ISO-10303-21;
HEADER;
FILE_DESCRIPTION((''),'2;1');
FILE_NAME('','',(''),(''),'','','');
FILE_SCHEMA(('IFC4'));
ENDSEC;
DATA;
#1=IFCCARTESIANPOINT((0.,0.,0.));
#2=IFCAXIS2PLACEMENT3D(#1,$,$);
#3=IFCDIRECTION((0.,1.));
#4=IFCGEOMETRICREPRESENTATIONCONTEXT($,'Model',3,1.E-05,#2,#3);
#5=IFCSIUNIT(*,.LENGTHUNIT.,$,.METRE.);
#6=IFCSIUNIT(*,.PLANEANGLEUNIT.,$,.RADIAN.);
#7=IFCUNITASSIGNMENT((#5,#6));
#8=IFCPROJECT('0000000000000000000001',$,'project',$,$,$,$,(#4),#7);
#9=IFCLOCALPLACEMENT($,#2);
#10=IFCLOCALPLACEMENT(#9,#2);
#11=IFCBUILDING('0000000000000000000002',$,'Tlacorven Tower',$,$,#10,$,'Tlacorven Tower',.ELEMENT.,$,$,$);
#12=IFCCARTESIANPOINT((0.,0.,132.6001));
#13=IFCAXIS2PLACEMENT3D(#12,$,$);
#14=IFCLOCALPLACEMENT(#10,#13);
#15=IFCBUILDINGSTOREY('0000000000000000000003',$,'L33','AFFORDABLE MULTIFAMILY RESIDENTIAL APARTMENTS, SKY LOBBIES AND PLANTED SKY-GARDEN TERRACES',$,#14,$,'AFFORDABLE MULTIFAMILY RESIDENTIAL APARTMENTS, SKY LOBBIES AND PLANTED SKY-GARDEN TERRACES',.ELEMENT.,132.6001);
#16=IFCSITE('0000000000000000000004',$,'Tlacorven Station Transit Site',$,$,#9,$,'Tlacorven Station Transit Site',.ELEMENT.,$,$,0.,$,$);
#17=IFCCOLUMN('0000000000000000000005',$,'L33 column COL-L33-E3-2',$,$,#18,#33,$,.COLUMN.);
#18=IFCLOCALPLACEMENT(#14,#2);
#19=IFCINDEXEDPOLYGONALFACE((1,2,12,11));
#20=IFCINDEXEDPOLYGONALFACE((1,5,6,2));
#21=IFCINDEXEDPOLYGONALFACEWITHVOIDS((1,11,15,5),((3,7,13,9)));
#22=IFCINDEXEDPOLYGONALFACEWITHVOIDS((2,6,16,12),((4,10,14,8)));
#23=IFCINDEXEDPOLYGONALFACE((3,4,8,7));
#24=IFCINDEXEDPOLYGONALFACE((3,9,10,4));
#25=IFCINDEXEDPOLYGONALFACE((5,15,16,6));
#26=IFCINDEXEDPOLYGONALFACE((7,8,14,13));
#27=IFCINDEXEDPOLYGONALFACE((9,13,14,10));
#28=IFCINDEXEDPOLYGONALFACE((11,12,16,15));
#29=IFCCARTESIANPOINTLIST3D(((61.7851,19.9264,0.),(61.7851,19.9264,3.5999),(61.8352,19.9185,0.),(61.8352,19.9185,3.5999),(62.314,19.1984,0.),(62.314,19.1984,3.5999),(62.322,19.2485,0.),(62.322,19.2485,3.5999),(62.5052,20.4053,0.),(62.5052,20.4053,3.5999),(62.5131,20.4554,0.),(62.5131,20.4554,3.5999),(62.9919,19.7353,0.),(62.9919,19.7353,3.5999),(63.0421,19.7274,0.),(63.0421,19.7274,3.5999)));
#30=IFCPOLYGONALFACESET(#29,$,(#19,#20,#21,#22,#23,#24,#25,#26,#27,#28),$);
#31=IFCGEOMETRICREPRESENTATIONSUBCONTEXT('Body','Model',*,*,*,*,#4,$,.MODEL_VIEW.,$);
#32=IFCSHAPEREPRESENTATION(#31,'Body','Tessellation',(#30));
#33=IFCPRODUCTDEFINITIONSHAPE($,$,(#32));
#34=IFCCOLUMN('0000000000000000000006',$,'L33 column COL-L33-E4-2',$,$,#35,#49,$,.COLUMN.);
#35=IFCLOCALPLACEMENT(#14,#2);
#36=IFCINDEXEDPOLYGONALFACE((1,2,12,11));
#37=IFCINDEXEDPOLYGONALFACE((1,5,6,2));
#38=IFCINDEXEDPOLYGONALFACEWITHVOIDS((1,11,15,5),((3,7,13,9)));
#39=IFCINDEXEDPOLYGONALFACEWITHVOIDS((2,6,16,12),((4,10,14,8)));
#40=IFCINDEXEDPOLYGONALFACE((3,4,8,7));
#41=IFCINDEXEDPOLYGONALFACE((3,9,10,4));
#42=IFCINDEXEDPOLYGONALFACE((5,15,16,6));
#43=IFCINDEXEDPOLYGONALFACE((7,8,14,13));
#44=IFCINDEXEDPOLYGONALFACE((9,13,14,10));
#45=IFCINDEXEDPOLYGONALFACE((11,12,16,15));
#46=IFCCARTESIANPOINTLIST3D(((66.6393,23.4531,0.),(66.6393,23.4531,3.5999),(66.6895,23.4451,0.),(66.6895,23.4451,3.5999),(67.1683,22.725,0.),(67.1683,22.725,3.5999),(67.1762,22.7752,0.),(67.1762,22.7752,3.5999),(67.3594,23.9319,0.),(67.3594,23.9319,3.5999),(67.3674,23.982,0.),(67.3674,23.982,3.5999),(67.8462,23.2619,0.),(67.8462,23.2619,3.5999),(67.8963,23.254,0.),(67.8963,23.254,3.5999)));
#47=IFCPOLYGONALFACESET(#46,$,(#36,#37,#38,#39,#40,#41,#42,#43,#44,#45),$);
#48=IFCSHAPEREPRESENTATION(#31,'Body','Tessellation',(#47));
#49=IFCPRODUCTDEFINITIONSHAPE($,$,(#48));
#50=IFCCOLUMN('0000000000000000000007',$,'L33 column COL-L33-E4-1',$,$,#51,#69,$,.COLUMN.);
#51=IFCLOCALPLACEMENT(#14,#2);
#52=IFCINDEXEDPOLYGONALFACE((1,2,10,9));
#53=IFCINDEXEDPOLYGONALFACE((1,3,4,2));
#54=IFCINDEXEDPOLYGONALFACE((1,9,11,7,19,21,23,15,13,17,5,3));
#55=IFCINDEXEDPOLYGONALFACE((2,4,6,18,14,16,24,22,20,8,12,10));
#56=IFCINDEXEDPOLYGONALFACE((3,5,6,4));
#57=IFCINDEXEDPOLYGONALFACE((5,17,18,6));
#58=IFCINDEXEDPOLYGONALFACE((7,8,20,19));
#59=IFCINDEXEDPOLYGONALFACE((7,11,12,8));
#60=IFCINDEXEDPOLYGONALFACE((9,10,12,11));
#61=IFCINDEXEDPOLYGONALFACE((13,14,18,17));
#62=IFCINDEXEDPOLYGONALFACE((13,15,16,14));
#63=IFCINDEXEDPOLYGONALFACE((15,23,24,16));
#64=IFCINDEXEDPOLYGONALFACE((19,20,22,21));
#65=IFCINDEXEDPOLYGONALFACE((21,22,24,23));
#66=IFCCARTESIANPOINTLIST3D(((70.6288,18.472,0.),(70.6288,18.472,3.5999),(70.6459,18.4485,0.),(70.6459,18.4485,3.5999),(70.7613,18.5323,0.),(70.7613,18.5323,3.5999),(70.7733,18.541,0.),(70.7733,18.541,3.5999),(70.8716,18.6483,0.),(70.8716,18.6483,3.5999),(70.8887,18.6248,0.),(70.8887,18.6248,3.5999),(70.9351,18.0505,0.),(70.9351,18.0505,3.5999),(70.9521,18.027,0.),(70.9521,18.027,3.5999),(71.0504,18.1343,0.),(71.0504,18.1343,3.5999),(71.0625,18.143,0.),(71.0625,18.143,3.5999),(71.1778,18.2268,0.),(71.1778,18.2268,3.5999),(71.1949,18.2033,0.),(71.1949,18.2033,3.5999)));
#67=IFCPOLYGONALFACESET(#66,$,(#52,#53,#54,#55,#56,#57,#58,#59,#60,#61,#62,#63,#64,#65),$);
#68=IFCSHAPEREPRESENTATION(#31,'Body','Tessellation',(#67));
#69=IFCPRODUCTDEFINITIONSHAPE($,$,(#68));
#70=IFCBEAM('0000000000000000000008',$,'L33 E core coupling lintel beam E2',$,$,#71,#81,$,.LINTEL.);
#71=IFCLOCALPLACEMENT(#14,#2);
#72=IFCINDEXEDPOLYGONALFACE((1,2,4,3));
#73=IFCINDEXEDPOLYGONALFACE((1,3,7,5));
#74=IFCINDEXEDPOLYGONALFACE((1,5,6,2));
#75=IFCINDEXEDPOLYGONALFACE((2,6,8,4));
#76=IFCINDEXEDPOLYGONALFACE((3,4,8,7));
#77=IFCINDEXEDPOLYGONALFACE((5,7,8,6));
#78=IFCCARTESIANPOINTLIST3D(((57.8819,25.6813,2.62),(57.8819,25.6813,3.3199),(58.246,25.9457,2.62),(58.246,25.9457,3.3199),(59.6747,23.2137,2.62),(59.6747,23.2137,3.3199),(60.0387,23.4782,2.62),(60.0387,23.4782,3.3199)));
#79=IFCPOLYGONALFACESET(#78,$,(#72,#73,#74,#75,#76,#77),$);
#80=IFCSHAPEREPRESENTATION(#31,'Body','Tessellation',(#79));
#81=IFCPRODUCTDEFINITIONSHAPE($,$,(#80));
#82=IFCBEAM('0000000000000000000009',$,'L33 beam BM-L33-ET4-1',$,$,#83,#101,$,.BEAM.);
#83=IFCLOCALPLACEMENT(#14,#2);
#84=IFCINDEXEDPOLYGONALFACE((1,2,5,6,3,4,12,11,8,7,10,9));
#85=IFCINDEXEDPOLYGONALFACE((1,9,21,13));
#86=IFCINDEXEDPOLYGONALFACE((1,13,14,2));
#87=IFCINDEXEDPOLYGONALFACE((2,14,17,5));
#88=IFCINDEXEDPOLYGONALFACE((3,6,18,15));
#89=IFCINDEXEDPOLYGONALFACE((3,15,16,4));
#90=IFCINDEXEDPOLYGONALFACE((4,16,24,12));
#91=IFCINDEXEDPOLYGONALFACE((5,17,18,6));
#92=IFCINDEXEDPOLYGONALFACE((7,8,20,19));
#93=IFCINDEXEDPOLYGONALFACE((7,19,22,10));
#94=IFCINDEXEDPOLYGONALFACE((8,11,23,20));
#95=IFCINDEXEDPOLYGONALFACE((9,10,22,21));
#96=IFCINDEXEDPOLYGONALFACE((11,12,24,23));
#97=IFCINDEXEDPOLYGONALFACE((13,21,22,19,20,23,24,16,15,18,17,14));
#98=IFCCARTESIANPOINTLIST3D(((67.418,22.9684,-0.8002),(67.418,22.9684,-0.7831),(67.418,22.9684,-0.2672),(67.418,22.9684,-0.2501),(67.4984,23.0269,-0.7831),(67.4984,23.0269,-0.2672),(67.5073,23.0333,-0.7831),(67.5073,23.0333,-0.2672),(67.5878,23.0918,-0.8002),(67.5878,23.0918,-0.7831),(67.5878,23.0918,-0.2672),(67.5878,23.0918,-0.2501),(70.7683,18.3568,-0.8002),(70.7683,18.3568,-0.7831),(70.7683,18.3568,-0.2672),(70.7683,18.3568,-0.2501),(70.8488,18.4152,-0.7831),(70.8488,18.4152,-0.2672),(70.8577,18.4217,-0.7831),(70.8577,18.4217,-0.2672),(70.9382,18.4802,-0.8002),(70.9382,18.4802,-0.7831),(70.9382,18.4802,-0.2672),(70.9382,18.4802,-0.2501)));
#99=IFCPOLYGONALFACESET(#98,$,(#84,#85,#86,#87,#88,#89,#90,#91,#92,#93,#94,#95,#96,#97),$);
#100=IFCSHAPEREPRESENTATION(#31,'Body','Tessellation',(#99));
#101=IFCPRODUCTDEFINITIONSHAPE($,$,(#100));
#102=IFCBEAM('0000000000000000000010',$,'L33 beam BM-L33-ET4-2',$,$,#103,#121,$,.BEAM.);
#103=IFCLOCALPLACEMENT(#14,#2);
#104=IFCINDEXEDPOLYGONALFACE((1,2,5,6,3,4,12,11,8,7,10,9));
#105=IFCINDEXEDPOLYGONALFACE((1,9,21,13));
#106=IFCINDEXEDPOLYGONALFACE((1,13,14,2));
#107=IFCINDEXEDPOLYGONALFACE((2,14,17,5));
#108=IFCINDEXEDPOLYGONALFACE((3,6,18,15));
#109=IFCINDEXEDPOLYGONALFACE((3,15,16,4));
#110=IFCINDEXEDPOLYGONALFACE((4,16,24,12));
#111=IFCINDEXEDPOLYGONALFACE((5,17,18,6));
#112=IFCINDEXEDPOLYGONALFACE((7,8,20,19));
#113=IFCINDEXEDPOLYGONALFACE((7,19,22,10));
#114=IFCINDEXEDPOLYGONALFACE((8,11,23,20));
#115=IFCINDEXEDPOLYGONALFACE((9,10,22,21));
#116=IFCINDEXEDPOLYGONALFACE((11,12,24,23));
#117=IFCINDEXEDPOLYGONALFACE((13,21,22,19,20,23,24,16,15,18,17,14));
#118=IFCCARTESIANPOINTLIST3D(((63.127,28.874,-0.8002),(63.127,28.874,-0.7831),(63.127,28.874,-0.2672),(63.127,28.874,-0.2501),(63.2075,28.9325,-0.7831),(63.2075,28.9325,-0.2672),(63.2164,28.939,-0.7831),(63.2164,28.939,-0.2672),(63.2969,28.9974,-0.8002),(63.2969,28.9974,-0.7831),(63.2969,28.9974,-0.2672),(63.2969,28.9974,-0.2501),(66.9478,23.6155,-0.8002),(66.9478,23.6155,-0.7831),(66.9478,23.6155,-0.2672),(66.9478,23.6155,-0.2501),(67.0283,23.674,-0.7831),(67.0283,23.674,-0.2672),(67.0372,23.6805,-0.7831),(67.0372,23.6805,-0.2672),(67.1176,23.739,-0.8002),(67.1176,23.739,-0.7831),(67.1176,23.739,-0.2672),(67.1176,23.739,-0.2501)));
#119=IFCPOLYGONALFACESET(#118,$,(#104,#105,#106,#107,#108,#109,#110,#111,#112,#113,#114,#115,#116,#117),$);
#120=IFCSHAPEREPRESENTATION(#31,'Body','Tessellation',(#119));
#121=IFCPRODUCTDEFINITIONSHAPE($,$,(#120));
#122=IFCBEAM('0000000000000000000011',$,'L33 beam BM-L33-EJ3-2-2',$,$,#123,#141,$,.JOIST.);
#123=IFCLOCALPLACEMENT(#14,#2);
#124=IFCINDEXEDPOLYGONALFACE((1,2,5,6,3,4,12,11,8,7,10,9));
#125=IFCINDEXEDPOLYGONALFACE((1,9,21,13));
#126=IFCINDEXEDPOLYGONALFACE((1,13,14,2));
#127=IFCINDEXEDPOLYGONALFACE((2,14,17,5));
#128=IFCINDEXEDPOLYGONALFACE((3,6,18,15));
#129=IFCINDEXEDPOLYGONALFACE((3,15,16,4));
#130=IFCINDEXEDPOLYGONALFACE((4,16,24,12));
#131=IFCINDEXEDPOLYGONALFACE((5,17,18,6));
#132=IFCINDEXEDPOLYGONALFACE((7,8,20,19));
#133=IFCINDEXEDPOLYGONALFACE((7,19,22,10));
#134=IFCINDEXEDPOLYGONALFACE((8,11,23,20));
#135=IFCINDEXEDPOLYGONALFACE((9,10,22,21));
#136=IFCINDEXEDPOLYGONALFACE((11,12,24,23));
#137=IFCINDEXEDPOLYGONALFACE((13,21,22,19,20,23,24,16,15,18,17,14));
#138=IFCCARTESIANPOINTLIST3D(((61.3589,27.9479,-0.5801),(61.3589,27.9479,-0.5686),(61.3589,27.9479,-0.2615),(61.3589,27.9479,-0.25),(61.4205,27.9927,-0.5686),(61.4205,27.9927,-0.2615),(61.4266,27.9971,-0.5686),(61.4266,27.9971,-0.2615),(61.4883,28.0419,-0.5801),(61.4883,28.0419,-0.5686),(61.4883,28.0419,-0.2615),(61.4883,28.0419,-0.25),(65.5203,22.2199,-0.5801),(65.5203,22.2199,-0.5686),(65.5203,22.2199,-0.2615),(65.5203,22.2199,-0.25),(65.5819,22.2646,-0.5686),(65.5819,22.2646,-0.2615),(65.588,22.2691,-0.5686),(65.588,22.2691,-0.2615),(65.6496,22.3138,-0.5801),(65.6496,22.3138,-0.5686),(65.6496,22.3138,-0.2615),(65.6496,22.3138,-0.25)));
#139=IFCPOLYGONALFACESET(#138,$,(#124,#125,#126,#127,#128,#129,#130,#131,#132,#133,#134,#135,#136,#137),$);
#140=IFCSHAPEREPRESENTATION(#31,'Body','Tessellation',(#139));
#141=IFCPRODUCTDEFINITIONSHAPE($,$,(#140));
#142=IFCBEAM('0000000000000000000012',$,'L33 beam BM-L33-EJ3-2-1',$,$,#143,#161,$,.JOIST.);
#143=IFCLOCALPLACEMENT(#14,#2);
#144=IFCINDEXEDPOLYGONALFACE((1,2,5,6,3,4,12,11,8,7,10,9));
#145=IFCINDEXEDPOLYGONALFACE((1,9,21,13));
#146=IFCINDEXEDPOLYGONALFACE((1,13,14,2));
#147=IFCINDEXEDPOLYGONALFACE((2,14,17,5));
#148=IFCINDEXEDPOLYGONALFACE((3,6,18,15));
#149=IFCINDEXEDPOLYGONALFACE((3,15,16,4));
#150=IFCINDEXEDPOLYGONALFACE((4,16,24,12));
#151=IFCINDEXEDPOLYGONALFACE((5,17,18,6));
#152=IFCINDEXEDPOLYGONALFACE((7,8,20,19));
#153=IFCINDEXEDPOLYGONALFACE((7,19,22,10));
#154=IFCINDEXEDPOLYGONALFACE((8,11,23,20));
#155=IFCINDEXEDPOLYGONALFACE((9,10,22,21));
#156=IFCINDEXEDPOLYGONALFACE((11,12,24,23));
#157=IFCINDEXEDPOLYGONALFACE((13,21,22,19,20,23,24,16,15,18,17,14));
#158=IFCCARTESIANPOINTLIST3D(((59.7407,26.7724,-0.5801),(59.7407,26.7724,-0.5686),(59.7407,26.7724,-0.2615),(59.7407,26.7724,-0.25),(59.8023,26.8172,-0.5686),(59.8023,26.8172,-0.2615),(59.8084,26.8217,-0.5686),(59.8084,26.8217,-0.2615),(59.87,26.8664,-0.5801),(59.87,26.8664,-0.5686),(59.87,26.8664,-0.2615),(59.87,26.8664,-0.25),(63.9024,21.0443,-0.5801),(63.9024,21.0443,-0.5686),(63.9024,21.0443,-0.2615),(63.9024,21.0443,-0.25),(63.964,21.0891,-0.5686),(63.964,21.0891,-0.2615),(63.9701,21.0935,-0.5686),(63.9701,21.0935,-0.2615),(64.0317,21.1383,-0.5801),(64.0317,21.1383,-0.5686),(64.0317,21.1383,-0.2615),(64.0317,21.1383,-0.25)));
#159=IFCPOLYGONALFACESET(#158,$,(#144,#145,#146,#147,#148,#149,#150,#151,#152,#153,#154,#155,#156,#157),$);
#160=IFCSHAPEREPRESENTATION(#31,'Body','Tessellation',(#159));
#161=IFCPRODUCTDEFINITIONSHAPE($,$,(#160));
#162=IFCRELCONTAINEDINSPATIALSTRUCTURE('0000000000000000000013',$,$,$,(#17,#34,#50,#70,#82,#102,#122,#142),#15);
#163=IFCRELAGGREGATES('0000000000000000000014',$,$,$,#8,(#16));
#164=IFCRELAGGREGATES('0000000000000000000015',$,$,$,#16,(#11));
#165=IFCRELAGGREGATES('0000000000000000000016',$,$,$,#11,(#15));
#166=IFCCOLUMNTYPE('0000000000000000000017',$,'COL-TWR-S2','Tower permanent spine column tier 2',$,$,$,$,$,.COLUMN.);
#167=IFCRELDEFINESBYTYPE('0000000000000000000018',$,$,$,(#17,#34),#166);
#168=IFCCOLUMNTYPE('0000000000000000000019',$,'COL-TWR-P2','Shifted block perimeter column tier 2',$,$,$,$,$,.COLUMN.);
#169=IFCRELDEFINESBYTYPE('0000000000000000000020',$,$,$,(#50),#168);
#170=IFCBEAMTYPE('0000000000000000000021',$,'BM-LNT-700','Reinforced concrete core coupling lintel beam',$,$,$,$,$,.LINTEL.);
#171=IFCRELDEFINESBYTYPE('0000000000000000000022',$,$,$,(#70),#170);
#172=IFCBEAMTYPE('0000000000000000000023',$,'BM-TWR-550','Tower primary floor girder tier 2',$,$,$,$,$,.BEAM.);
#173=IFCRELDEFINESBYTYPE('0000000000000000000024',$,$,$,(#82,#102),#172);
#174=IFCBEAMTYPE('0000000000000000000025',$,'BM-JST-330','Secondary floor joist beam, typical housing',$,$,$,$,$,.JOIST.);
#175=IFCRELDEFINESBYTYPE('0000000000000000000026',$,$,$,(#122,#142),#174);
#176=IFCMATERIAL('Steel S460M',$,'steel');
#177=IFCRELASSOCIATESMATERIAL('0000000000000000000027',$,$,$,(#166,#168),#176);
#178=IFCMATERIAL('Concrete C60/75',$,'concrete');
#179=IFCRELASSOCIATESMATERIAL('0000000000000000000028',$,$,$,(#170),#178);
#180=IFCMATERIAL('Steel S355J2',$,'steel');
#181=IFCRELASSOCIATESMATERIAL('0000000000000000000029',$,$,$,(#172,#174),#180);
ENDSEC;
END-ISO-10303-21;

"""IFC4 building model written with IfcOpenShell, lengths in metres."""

from ifc_helpers import new_model, si_unit, direction, frame, origin, origin_2d, place, context, subcontext, project, spatial, rectangle, hollow_rectangle, i_section, extrude, source, transform, mapped, material, material_profile, profile_set, type_object, element, save


model = new_model("IFC4")

# Units and contexts
model_context = context("Model", 3, precision=1e-05, world=origin(), true_north=direction((0.0, 1.0)))
body_context = subcontext(model_context, "Body", "Model", "MODEL_VIEW")
ifc_project = project(units=[si_unit("LENGTHUNIT", "METRE"), si_unit("PLANEANGLEUNIT", "RADIAN")], contexts=[model_context])

# Site, building, storey
site_placement = place(None, origin())
site = spatial("IfcSite", under=ifc_project, at=site_placement, Name="Tlacorven Station Transit Site", LongName="Tlacorven Station Transit Site", CompositionType="ELEMENT", RefElevation=0.0)
building_placement = place(site_placement, origin())
building = spatial("IfcBuilding", under=site, at=building_placement, Name="Tlacorven Tower", LongName="Tlacorven Tower", CompositionType="ELEMENT")
storey_placement = place(building_placement, frame((0.0, 0.0, 132.6001)))
storey = spatial("IfcBuildingStorey", under=building, at=storey_placement, Name="L33", Description="AFFORDABLE MULTIFAMILY RESIDENTIAL APARTMENTS, SKY LOBBIES AND PLANTED SKY-GARDEN TERRACES", LongName="AFFORDABLE MULTIFAMILY RESIDENTIAL APARTMENTS, SKY LOBBIES AND PLANTED SKY-GARDEN TERRACES", CompositionType="ELEMENT", Elevation=132.6001)

# Columns
ifc_material_1 = material(Name="Steel S460M", Category="steel")
ifc_material_profile_1 = material_profile(ifc_material_1, hollow_rectangle(XDim=0.8999, YDim=0.8999, WallThickness=0.0359, at=origin_2d()), Name="BOX 900X900X36")
ifc_profile_set_1 = profile_set([ifc_material_profile_1], Name="Steel S460M")
column_type_1 = type_object("IfcColumnType", Name="COL-TWR-S2", Description="Tower permanent spine column tier 2", PredefinedType="COLUMN", material=ifc_profile_set_1)
shared_shape_1 = source(origin(), body_context, "Body", "SweptSolid", [
    extrude(hollow_rectangle(XDim=0.8999, YDim=0.8999, WallThickness=0.0359, at=origin_2d()), origin(), (0.0, 0.0, 1.0), 3.5999),
])
for number, where, z_axis, x_axis, name in (
    (1, (62.4136, 19.8269, 0.0), (0.0, 0.0, 1.0), (0.809017, 0.587785, 0.0), "L33 column COL-L33-E3-2"),
    (2, (67.2678, 23.3535, 0.0), (0.0, 0.0, 1.0), (0.809017, 0.587785, 0.0), "L33 column COL-L33-E4-2"),
):
    element("IfcColumn", number, at=place(storey_placement, frame(where, z_axis=z_axis, x_axis=x_axis)), inside=storey, type_object=column_type_1, Name=name, PredefinedType="COLUMN", context=body_context, shape_type="MappedRepresentation", body=[
        mapped(shared_shape_1, transform((0.0, 0.0, 0.0), scale=1.0)),
    ])
ifc_material_profile_2 = material_profile(ifc_material_1, i_section(OverallWidth=0.3, OverallDepth=0.55, WebThickness=0.0149, FlangeThickness=0.0291, at=origin_2d()), Name="HEB 550")
ifc_profile_set_2 = profile_set([ifc_material_profile_2], Name="Steel S460M")
column_type_2 = type_object("IfcColumnType", Name="COL-TWR-P2", Description="Shifted block perimeter column tier 2", PredefinedType="COLUMN", material=ifc_profile_set_2)
shared_shape_2 = source(origin(), body_context, "Body", "SweptSolid", [
    extrude(i_section(OverallWidth=0.3, OverallDepth=0.55, WebThickness=0.0149, FlangeThickness=0.0291, at=origin_2d()), origin(), (0.0, 0.0, 1.0), 3.5999),
])
column_placement = place(storey_placement, frame((70.9119, 18.3376, 0.0), z_axis=(0.0, 0.0, 1.0), x_axis=(0.809017, 0.587785, 0.0)))
element("IfcColumn", 3, at=column_placement, inside=storey, type_object=column_type_2, Name="L33 column COL-L33-E4-1", PredefinedType="COLUMN", context=body_context, shape_type="MappedRepresentation", body=[
    mapped(shared_shape_2, transform((0.0, 0.0, 0.0), scale=1.0)),
])

# Beams
ifc_material_2 = material(Name="Concrete C60/75", Category="concrete")
ifc_material_profile_3 = material_profile(ifc_material_2, rectangle(XDim=0.45, YDim=0.7, at=origin_2d()), Name="RC 450X700")
ifc_profile_set_3 = profile_set([ifc_material_profile_3], Name="Concrete C60/75")
beam_type_1 = type_object("IfcBeamType", Name="BM-LNT-700", Description="Reinforced concrete core coupling lintel beam", PredefinedType="LINTEL", material=ifc_profile_set_3)
shared_shape_3 = source(origin(), body_context, "Body", "SweptSolid", [
    extrude(rectangle(XDim=0.45, YDim=0.7, at=origin_2d()), origin(), (0.0, 0.0, 1.0), 3.05),
])
beam_1_placement = place(storey_placement, frame((59.8567, 23.3459, 2.97), z_axis=(-0.587777, 0.809023, 0.0), x_axis=(-0.809023, -0.587777, 0.0)))
element("IfcBeam", 4, at=beam_1_placement, inside=storey, type_object=beam_type_1, Name="L33 E core coupling lintel beam E2", PredefinedType="LINTEL", context=body_context, shape_type="MappedRepresentation", body=[
    mapped(shared_shape_3, transform((0.0, 0.0, 0.0), scale=1.0)),
])
ifc_material_3 = material(Name="Steel S355J2", Category="steel")
ifc_material_profile_4 = material_profile(ifc_material_3, i_section(OverallWidth=0.21, OverallDepth=0.55, WebThickness=0.011, FlangeThickness=0.0171, at=origin_2d()), Name="IPE 550")
ifc_profile_set_4 = profile_set([ifc_material_profile_4], Name="Steel S355J2")
beam_type_2 = type_object("IfcBeamType", Name="BM-TWR-550", Description="Tower primary floor girder tier 2", PredefinedType="BEAM", material=ifc_profile_set_4)
shared_shape_4 = source(origin(), body_context, "Body", "SweptSolid", [
    extrude(i_section(OverallWidth=0.21, OverallDepth=0.55, WebThickness=0.011, FlangeThickness=0.0171, at=origin_2d()), origin(), (0.0, 0.0, 1.0), 5.7002),
])
beam_2_placement = place(storey_placement, frame((70.8533, 18.4185, -0.5251), z_axis=(-0.587767, 0.80903, 0.0), x_axis=(-0.80903, -0.587767, 0.0)))
element("IfcBeam", 5, at=beam_2_placement, inside=storey, type_object=beam_type_2, Name="L33 beam BM-L33-ET4-1", PredefinedType="BEAM", context=body_context, shape_type="MappedRepresentation", body=[
    mapped(shared_shape_4, transform((0.0, 0.0, 0.0), scale=1.0)),
])
shared_shape_5 = source(origin(), body_context, "Body", "SweptSolid", [
    extrude(i_section(OverallWidth=0.21, OverallDepth=0.55, WebThickness=0.011, FlangeThickness=0.0171, at=origin_2d()), origin(), (0.0, 0.0, 1.0), 6.5),
])
beam_3_placement = place(storey_placement, frame((67.0327, 23.6772, -0.5251), z_axis=(-0.58781, 0.808999, 0.0), x_axis=(-0.808999, -0.58781, 0.0)))
element("IfcBeam", 6, at=beam_3_placement, inside=storey, type_object=beam_type_2, Name="L33 beam BM-L33-ET4-2", PredefinedType="BEAM", context=body_context, shape_type="MappedRepresentation", body=[
    mapped(shared_shape_5, transform((0.0, 0.0, 0.0), scale=1.0)),
])
ifc_material_profile_5 = material_profile(ifc_material_3, i_section(OverallWidth=0.1599, OverallDepth=0.3301, WebThickness=0.0076, FlangeThickness=0.0115, at=origin_2d()), Name="IPE 330")
ifc_profile_set_5 = profile_set([ifc_material_profile_5], Name="Steel S355J2")
beam_type_3 = type_object("IfcBeamType", Name="BM-JST-330", Description="Secondary floor joist beam, typical housing", PredefinedType="JOIST", material=ifc_profile_set_5)
shared_shape_6 = source(origin(), body_context, "Body", "SweptSolid", [
    extrude(i_section(OverallWidth=0.1599, OverallDepth=0.3301, WebThickness=0.0076, FlangeThickness=0.0115, at=origin_2d()), origin(), (0.0, 0.0, 1.0), 7.0801),
])
beam_4_placement = place(storey_placement, frame((65.585, 22.2668, -0.415), z_axis=(-0.58776, 0.809036, 0.0), x_axis=(-0.809036, -0.58776, 0.0)))
element("IfcBeam", 7, at=beam_4_placement, inside=storey, type_object=beam_type_3, Name="L33 beam BM-L33-EJ3-2-2", PredefinedType="JOIST", context=body_context, shape_type="MappedRepresentation", body=[
    mapped(shared_shape_6, transform((0.0, 0.0, 0.0), scale=1.0)),
])
shared_shape_7 = source(origin(), body_context, "Body", "SweptSolid", [
    extrude(i_section(OverallWidth=0.1599, OverallDepth=0.3301, WebThickness=0.0076, FlangeThickness=0.0115, at=origin_2d()), origin(), (0.0, 0.0, 1.0), 7.0803),
])
beam_5_placement = place(storey_placement, frame((63.967, 21.0913, -0.415), z_axis=(-0.587782, 0.809019, 0.0), x_axis=(-0.809019, -0.587782, 0.0)))
element("IfcBeam", 8, at=beam_5_placement, inside=storey, type_object=beam_type_3, Name="L33 beam BM-L33-EJ3-2-1", PredefinedType="JOIST", context=body_context, shape_type="MappedRepresentation", body=[
    mapped(shared_shape_7, transform((0.0, 0.0, 0.0), scale=1.0)),
])

save(model, "model.ifc")
